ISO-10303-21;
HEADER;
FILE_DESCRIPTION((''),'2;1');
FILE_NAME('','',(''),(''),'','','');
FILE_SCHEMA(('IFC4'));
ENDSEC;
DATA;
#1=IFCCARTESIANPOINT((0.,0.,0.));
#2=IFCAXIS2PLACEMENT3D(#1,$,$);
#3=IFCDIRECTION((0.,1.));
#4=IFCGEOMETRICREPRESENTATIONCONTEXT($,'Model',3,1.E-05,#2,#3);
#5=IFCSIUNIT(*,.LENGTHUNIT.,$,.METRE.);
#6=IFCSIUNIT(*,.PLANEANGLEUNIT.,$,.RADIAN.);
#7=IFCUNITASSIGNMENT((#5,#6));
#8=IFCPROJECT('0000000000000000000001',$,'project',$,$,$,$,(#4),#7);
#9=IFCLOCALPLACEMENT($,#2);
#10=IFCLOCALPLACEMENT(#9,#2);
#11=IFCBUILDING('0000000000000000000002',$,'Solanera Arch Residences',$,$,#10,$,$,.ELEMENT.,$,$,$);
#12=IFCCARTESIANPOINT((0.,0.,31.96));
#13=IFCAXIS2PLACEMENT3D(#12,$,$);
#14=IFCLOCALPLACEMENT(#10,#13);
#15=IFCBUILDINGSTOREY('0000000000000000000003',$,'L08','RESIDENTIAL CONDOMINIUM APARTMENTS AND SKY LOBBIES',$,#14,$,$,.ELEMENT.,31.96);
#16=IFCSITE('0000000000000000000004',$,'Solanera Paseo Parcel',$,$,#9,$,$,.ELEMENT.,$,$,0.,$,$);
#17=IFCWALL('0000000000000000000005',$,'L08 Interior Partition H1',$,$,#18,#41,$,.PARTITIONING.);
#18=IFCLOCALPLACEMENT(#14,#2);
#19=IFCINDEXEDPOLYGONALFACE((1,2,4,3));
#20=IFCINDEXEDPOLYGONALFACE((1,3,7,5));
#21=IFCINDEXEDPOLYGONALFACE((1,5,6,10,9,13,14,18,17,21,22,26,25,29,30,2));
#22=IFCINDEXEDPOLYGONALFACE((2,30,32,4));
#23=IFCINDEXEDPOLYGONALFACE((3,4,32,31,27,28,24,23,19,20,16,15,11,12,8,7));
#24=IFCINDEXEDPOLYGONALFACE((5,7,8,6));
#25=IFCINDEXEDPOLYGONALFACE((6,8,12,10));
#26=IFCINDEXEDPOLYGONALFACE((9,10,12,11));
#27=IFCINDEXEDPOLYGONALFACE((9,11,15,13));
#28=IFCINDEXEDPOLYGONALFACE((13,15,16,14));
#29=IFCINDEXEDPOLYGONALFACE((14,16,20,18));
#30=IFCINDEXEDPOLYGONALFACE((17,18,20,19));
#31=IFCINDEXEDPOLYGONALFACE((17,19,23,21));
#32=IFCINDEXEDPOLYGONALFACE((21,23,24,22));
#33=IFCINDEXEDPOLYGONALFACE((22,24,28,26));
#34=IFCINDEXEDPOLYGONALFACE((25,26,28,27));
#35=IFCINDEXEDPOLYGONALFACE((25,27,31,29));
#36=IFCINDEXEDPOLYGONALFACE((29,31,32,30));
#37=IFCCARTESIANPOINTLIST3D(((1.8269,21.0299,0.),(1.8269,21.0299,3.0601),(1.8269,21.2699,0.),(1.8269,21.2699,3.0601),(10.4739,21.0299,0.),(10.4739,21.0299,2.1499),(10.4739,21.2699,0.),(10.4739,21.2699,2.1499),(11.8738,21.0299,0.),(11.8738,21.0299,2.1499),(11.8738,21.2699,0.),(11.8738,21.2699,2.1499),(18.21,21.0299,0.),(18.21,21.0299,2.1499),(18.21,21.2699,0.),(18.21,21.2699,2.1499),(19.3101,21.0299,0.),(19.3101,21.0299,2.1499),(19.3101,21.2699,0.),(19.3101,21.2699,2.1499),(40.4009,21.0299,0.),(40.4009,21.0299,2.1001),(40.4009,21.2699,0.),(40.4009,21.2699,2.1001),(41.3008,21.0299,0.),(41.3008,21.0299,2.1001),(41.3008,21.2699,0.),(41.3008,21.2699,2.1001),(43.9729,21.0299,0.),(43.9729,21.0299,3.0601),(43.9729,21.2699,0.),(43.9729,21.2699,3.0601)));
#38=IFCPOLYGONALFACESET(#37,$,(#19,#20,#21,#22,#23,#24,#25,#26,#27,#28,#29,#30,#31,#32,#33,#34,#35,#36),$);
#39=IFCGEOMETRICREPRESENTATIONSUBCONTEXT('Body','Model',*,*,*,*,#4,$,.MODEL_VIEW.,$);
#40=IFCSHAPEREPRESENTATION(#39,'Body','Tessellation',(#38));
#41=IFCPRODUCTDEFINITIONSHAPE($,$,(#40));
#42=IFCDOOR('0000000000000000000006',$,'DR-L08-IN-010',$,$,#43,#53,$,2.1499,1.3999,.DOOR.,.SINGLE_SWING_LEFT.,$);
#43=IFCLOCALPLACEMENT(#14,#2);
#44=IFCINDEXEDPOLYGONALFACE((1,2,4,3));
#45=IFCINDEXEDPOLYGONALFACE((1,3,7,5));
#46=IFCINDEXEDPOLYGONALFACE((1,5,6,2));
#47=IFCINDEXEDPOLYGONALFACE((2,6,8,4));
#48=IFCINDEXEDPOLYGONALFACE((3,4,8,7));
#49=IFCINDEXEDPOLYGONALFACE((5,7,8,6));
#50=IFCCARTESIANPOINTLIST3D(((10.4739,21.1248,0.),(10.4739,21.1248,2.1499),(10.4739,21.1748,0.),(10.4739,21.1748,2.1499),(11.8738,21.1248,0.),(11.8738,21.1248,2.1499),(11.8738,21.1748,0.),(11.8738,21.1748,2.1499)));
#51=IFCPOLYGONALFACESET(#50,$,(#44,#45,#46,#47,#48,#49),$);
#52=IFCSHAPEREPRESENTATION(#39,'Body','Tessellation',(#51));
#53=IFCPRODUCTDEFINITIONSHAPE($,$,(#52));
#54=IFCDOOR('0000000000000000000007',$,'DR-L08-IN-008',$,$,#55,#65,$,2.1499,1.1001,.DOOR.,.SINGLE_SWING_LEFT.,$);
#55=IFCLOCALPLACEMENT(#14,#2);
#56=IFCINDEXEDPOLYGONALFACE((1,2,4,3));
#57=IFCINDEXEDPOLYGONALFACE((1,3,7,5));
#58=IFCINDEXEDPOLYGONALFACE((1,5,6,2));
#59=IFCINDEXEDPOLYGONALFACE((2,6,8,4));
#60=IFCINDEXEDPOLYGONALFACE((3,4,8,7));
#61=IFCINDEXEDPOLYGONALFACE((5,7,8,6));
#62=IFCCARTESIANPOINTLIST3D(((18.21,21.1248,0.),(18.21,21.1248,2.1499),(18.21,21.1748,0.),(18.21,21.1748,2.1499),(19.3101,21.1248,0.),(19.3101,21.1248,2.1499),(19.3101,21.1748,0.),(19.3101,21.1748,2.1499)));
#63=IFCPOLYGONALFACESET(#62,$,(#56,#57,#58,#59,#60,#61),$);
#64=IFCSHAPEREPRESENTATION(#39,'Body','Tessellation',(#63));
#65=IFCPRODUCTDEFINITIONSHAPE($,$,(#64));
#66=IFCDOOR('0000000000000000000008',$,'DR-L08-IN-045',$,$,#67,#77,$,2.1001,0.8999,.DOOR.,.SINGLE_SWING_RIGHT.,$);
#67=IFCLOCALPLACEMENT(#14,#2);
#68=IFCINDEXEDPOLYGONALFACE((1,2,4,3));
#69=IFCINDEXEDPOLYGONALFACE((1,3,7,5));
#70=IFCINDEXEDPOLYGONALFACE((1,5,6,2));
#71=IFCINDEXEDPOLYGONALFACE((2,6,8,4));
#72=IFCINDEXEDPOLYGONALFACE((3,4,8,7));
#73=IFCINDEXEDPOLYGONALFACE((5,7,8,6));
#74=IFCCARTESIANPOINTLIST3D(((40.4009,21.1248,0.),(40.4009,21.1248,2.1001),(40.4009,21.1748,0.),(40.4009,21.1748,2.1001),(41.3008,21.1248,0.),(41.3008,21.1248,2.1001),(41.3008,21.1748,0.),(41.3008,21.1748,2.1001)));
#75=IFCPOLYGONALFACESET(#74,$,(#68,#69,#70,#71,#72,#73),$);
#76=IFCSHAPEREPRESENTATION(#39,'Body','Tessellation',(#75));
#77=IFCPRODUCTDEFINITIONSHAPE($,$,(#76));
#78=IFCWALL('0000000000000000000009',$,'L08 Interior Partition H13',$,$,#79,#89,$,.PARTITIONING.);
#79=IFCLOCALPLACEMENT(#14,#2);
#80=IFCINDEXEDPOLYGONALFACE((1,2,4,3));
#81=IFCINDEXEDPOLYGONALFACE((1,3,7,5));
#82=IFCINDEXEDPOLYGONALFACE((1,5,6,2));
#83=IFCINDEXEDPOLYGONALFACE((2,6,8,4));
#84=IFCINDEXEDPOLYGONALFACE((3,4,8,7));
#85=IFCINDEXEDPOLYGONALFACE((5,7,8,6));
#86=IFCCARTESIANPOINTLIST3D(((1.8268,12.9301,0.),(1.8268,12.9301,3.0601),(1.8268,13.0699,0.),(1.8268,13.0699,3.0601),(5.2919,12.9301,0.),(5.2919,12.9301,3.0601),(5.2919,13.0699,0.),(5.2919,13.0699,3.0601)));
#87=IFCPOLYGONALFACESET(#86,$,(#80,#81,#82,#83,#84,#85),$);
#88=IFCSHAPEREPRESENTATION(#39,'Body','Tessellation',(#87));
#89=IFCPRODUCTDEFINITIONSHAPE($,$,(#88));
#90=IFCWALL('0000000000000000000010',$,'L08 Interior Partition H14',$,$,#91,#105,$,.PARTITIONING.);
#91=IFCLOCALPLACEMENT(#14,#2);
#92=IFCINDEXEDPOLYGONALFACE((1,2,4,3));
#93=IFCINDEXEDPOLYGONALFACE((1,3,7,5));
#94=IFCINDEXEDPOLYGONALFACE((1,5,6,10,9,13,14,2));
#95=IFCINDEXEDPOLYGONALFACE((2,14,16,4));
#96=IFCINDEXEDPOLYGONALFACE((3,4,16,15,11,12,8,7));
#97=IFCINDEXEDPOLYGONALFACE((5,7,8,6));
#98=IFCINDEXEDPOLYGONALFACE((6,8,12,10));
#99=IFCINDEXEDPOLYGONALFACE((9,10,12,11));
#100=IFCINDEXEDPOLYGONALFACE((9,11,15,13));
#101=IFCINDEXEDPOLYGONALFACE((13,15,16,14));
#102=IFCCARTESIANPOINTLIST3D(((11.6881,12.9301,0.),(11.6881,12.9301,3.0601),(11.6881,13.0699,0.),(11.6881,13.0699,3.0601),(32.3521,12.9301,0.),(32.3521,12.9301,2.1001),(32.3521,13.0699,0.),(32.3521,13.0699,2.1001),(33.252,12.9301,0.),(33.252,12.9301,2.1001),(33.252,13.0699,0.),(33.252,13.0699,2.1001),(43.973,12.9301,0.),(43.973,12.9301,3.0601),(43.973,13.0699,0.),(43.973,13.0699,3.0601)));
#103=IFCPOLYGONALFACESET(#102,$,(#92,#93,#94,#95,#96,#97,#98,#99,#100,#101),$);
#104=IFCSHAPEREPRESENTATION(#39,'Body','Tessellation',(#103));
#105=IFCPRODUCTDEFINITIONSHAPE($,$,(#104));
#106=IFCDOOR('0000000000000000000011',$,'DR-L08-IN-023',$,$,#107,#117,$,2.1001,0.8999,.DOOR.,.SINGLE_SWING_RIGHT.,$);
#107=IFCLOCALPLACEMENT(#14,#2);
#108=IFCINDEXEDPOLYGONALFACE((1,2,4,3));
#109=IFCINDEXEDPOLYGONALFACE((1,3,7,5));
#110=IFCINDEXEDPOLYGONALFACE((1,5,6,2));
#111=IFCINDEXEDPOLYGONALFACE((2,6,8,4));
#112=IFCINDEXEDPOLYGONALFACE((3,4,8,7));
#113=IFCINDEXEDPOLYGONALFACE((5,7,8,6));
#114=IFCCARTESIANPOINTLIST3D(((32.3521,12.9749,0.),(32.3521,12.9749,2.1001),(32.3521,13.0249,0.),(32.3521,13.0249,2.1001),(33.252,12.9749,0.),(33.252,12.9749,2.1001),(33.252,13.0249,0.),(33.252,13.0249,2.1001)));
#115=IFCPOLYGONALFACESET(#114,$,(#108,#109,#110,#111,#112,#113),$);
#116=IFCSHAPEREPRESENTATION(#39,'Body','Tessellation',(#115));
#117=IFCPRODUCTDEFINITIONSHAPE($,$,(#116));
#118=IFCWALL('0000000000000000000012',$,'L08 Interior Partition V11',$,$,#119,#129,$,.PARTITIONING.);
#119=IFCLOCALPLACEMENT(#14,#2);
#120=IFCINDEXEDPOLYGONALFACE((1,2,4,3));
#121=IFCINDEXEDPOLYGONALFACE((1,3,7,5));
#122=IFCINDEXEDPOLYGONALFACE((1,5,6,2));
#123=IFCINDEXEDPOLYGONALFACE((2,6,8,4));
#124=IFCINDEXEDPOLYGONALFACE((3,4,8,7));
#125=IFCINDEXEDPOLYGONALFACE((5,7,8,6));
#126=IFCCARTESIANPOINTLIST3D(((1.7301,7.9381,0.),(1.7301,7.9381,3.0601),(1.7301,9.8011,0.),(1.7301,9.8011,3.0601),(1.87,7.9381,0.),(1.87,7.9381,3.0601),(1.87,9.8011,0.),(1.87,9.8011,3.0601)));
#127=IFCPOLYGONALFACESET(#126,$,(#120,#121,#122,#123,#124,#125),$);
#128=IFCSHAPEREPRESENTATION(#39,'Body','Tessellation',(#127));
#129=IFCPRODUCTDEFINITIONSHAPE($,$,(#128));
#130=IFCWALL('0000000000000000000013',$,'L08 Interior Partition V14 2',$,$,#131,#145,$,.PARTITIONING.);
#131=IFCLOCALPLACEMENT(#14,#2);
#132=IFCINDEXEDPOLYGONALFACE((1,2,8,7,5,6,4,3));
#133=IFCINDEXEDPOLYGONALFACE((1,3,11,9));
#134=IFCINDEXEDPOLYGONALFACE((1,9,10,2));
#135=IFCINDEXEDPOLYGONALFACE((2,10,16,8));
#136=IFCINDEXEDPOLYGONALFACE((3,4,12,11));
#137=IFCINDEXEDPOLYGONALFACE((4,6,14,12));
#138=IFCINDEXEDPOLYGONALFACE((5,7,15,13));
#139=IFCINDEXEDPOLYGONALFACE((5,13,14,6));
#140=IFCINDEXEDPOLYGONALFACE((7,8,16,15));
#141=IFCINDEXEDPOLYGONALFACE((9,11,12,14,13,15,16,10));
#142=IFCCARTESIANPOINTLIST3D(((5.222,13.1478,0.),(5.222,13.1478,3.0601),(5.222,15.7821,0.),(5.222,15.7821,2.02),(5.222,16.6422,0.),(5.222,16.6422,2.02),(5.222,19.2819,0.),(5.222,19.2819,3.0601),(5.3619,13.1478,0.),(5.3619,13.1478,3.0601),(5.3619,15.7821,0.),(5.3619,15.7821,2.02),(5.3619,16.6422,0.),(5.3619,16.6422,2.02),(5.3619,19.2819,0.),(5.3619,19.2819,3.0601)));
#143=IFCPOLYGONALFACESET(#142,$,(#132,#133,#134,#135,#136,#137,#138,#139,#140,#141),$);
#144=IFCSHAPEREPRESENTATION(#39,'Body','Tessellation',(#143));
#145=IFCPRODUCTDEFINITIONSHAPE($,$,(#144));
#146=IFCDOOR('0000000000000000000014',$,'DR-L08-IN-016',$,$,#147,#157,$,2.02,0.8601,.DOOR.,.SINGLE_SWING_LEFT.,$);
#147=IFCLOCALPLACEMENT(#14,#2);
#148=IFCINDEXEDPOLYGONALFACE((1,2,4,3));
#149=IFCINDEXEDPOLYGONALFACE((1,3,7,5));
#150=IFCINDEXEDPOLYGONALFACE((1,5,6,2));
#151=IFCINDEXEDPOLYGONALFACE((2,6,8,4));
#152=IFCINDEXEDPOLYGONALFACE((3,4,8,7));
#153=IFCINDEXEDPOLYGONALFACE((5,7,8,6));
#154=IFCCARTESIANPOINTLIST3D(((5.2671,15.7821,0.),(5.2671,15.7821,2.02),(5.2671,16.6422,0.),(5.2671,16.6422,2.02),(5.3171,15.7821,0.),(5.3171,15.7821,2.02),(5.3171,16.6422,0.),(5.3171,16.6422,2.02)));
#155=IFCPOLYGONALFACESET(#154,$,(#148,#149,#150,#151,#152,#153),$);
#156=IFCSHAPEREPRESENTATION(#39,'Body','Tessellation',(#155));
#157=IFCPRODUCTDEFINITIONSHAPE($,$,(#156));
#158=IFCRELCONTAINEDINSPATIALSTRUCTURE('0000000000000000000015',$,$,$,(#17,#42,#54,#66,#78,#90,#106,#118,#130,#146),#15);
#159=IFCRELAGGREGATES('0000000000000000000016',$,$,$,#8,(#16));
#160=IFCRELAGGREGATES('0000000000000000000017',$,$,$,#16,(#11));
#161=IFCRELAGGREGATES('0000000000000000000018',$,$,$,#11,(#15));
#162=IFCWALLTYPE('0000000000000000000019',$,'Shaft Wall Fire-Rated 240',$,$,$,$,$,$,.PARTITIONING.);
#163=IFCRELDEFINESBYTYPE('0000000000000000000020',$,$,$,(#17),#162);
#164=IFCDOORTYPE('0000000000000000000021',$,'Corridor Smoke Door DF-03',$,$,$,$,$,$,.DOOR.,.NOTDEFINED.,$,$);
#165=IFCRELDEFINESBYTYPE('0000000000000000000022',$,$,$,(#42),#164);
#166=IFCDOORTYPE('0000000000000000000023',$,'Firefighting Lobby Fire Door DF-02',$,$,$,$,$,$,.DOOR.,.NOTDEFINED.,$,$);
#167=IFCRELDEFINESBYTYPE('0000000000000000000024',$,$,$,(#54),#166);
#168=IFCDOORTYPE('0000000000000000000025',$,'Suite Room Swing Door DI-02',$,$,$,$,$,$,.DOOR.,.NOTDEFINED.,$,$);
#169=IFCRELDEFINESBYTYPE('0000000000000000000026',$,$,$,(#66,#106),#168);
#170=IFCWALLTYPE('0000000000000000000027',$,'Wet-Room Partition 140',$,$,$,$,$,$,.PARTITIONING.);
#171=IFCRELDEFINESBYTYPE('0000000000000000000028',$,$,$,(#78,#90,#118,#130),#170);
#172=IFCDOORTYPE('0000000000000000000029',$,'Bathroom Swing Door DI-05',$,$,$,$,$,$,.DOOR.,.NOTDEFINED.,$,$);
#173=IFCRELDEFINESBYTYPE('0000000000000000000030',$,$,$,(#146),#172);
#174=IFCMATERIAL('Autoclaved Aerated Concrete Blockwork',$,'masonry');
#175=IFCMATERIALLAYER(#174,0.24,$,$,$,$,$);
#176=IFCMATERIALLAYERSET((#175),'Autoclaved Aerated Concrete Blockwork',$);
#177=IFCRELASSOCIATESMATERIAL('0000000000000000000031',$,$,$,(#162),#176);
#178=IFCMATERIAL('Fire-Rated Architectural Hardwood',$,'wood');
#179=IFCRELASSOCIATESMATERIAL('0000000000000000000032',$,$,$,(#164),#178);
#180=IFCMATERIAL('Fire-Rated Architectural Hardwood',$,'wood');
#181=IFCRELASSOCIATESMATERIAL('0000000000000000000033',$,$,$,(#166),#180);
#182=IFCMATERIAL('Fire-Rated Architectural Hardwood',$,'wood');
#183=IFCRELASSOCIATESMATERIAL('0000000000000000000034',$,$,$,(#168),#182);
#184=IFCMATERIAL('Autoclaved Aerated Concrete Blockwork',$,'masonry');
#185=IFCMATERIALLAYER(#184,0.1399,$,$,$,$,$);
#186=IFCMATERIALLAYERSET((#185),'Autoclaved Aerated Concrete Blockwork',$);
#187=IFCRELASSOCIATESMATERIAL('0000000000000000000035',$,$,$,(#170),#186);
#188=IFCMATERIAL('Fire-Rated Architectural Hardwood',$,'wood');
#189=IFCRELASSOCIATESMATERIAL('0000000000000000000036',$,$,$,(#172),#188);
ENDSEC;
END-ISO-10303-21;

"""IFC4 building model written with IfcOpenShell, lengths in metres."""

from ifc_helpers import new_model, si_unit, direction, frame, frame_2d, origin, place, context, subcontext, project, spatial, rectangle, extrude, material, layer, layer_set, type_object, element, fill, save


model = new_model("IFC4")

# Units and contexts
model_context = context("Model", 3, precision=1e-05, world=origin(), true_north=direction((0.0, 1.0)))
body_context = subcontext(model_context, "Body", "Model", "MODEL_VIEW")
ifc_project = project(units=[si_unit("LENGTHUNIT", "METRE"), si_unit("PLANEANGLEUNIT", "RADIAN")], contexts=[model_context])

# Site, building, storey
site_placement = place(None, origin())
site = spatial("IfcSite", under=ifc_project, at=site_placement, Name="Solanera Paseo Parcel", CompositionType="ELEMENT", RefElevation=0.0)
building_placement = place(site_placement, origin())
building = spatial("IfcBuilding", under=site, at=building_placement, Name="Solanera Arch Residences", CompositionType="ELEMENT")
storey_placement = place(building_placement, frame((0.0, 0.0, 31.96)))
storey = spatial("IfcBuildingStorey", under=building, at=storey_placement, Name="L08", Description="RESIDENTIAL CONDOMINIUM APARTMENTS AND SKY LOBBIES", CompositionType="ELEMENT", Elevation=31.96)

# Wall, openings, doors
ifc_material_1 = material(Name="Autoclaved Aerated Concrete Blockwork", Category="masonry")
ifc_layer_1 = layer(ifc_material_1, 0.24)
ifc_layer_set_1 = layer_set([ifc_layer_1], Name="Autoclaved Aerated Concrete Blockwork")
wall_type_1 = type_object("IfcWallType", Name="Shaft Wall Fire-Rated 240", PredefinedType="PARTITIONING", material=ifc_layer_set_1)
wall_1_placement = place(storey_placement, frame((1.8269, 21.1499, 0.0), z_axis=(0.0, 0.0, 1.0), x_axis=(1.0, 0.0, 0.0)))
wall_1 = element("IfcWall", 1, at=wall_1_placement, inside=storey, type_object=wall_type_1, Name="L08 Interior Partition H1", PredefinedType="PARTITIONING", context=body_context, shape_type="SweptSolid", body=[
    extrude(rectangle(XDim=42.146, YDim=0.24, at=frame_2d((21.073, 0.0))), origin(), (0.0, 0.0, 1.0), 3.0601),
])
opening_1_placement = place(wall_1_placement, frame((16.3831, 0.0, 0.0)))
opening_1 = element("IfcOpeningElement", 2, at=opening_1_placement, cuts=wall_1, PredefinedType="OPENING", context=body_context, shape_type="SweptSolid", body=[
    extrude(rectangle(XDim=1.1001, YDim=2.1499, at=frame_2d((0.55, 1.075))), frame((0.0, 0.1299, 0.0), z_axis=(0.0, -1.0, 0.0), x_axis=(1.0, 0.0, 0.0)), (0.0, 0.0, 1.0), 0.26),
])
opening_2_placement = place(wall_1_placement, frame((8.647, 0.0, 0.0)))
opening_2 = element("IfcOpeningElement", 3, at=opening_2_placement, cuts=wall_1, PredefinedType="OPENING", context=body_context, shape_type="SweptSolid", body=[
    extrude(rectangle(XDim=1.3999, YDim=2.1499, at=frame_2d((0.7, 1.075))), frame((0.0, 0.1299, 0.0), z_axis=(0.0, -1.0, 0.0), x_axis=(1.0, 0.0, 0.0)), (0.0, 0.0, 1.0), 0.26),
])
opening_3_placement = place(wall_1_placement, frame((38.574, 0.0, 0.0)))
opening_3 = element("IfcOpeningElement", 4, at=opening_3_placement, cuts=wall_1, PredefinedType="OPENING", context=body_context, shape_type="SweptSolid", body=[
    extrude(rectangle(XDim=0.8999, YDim=2.1001, at=frame_2d((0.45, 1.05))), frame((0.0, 0.1299, 0.0), z_axis=(0.0, -1.0, 0.0), x_axis=(1.0, 0.0, 0.0)), (0.0, 0.0, 1.0), 0.26),
])
ifc_material_2 = material(Name="Fire-Rated Architectural Hardwood", Category="wood")
door_type_1 = type_object("IfcDoorType", Name="Corridor Smoke Door DF-03", OperationType="NOTDEFINED", PredefinedType="DOOR", material=ifc_material_2)
door_1_placement = place(opening_2_placement, origin())
door_1 = element("IfcDoor", 5, at=door_1_placement, inside=storey, type_object=door_type_1, Name="DR-L08-IN-010", OperationType="SINGLE_SWING_LEFT", OverallHeight=2.1499, OverallWidth=1.3999, PredefinedType="DOOR", context=body_context, shape_type="SweptSolid", body=[
    extrude(rectangle(XDim=1.3999, YDim=2.1499, at=frame_2d((0.7, 1.075))), frame((0.0, 0.0249, 0.0), z_axis=(0.0, -1.0, 0.0), x_axis=(1.0, 0.0, 0.0)), (0.0, 0.0, 1.0), 0.05),
])
fill(opening_2, door_1)
ifc_material_3 = material(Name="Fire-Rated Architectural Hardwood", Category="wood")
door_type_2 = type_object("IfcDoorType", Name="Firefighting Lobby Fire Door DF-02", OperationType="NOTDEFINED", PredefinedType="DOOR", material=ifc_material_3)
door_2_placement = place(opening_1_placement, origin())
door_2 = element("IfcDoor", 6, at=door_2_placement, inside=storey, type_object=door_type_2, Name="DR-L08-IN-008", OperationType="SINGLE_SWING_LEFT", OverallHeight=2.1499, OverallWidth=1.1001, PredefinedType="DOOR", context=body_context, shape_type="SweptSolid", body=[
    extrude(rectangle(XDim=1.1001, YDim=2.1499, at=frame_2d((0.55, 1.075))), frame((0.0, 0.0249, 0.0), z_axis=(0.0, -1.0, 0.0), x_axis=(1.0, 0.0, 0.0)), (0.0, 0.0, 1.0), 0.05),
])
fill(opening_1, door_2)
ifc_material_4 = material(Name="Fire-Rated Architectural Hardwood", Category="wood")
door_type_3 = type_object("IfcDoorType", Name="Suite Room Swing Door DI-02", OperationType="NOTDEFINED", PredefinedType="DOOR", material=ifc_material_4)
door_3_placement = place(opening_3_placement, origin())
door_3 = element("IfcDoor", 7, at=door_3_placement, inside=storey, type_object=door_type_3, Name="DR-L08-IN-045", OperationType="SINGLE_SWING_RIGHT", OverallHeight=2.1001, OverallWidth=0.8999, PredefinedType="DOOR", context=body_context, shape_type="SweptSolid", body=[
    extrude(rectangle(XDim=0.8999, YDim=2.1001, at=frame_2d((0.45, 1.05))), frame((0.0, 0.0249, 0.0), z_axis=(0.0, -1.0, 0.0), x_axis=(1.0, 0.0, 0.0)), (0.0, 0.0, 1.0), 0.05),
])
fill(opening_3, door_3)

# Wall
ifc_material_5 = material(Name="Autoclaved Aerated Concrete Blockwork", Category="masonry")
ifc_layer_2 = layer(ifc_material_5, 0.1399)
ifc_layer_set_2 = layer_set([ifc_layer_2], Name="Autoclaved Aerated Concrete Blockwork")
wall_type_2 = type_object("IfcWallType", Name="Wet-Room Partition 140", PredefinedType="PARTITIONING", material=ifc_layer_set_2)
wall_2_placement = place(storey_placement, frame((1.8269, 13.0, 0.0), z_axis=(0.0, 0.0, 1.0), x_axis=(1.0, 0.0, 0.0)))
element("IfcWall", 8, at=wall_2_placement, inside=storey, type_object=wall_type_2, Name="L08 Interior Partition H13", PredefinedType="PARTITIONING", context=body_context, shape_type="SweptSolid", body=[
    extrude(rectangle(XDim=3.4651, YDim=0.1399, at=frame_2d((1.7324, 0.0))), origin(), (0.0, 0.0, 1.0), 3.0601),
])

# Wall, opening, door
wall_3_placement = place(storey_placement, frame((11.688, 13.0, 0.0), z_axis=(0.0, 0.0, 1.0), x_axis=(1.0, 0.0, 0.0)))
wall_3 = element("IfcWall", 9, at=wall_3_placement, inside=storey, type_object=wall_type_2, Name="L08 Interior Partition H14", PredefinedType="PARTITIONING", context=body_context, shape_type="SweptSolid", body=[
    extrude(rectangle(XDim=32.2849, YDim=0.1399, at=frame_2d((16.1426, 0.0))), origin(), (0.0, 0.0, 1.0), 3.0601),
])
opening_4_placement = place(wall_3_placement, frame((20.6641, 0.0, 0.0)))
opening_4 = element("IfcOpeningElement", 10, at=opening_4_placement, cuts=wall_3, PredefinedType="OPENING", context=body_context, shape_type="SweptSolid", body=[
    extrude(rectangle(XDim=0.8999, YDim=2.1001, at=frame_2d((0.45, 1.05))), frame((0.0, 0.0798, 0.0), z_axis=(0.0, -1.0, 0.0), x_axis=(1.0, 0.0, 0.0)), (0.0, 0.0, 1.0), 0.1599),
])
door_4_placement = place(opening_4_placement, origin())
door_4 = element("IfcDoor", 11, at=door_4_placement, inside=storey, type_object=door_type_3, Name="DR-L08-IN-023", OperationType="SINGLE_SWING_RIGHT", OverallHeight=2.1001, OverallWidth=0.8999, PredefinedType="DOOR", context=body_context, shape_type="SweptSolid", body=[
    extrude(rectangle(XDim=0.8999, YDim=2.1001, at=frame_2d((0.45, 1.05))), frame((0.0, 0.0249, 0.0), z_axis=(0.0, -1.0, 0.0), x_axis=(1.0, 0.0, 0.0)), (0.0, 0.0, 1.0), 0.05),
])
fill(opening_4, door_4)

# Wall
wall_4_placement = place(storey_placement, frame((1.8, 7.938, 0.0), z_axis=(0.0, 0.0, 1.0), x_axis=(0.0, 1.0, 0.0)))
element("IfcWall", 12, at=wall_4_placement, inside=storey, type_object=wall_type_2, Name="L08 Interior Partition V11", PredefinedType="PARTITIONING", context=body_context, shape_type="SweptSolid", body=[
    extrude(rectangle(XDim=1.863, YDim=0.1399, at=frame_2d((0.9316, 0.0))), origin(), (0.0, 0.0, 1.0), 3.0601),
])

# Wall, opening, door
wall_5_placement = place(storey_placement, frame((5.292, 13.1479, 0.0), z_axis=(0.0, 0.0, 1.0), x_axis=(0.0, 1.0, 0.0)))
wall_5 = element("IfcWall", 13, at=wall_5_placement, inside=storey, type_object=wall_type_2, Name="L08 Interior Partition V14 2", PredefinedType="PARTITIONING", context=body_context, shape_type="SweptSolid", body=[
    extrude(rectangle(XDim=6.134, YDim=0.1399, at=frame_2d((3.0669, 0.0))), origin(), (0.0, 0.0, 1.0), 3.0601),
])
opening_5_placement = place(wall_5_placement, frame((2.634, 0.0, 0.0)))
opening_5 = element("IfcOpeningElement", 14, at=opening_5_placement, cuts=wall_5, PredefinedType="OPENING", context=body_context, shape_type="SweptSolid", body=[
    extrude(rectangle(XDim=0.8601, YDim=2.02, at=frame_2d((0.4302, 1.01))), frame((0.0, 0.0798, 0.0), z_axis=(0.0, -1.0, 0.0), x_axis=(1.0, 0.0, 0.0)), (0.0, 0.0, 1.0), 0.1599),
])
ifc_material_6 = material(Name="Fire-Rated Architectural Hardwood", Category="wood")
door_type_4 = type_object("IfcDoorType", Name="Bathroom Swing Door DI-05", OperationType="NOTDEFINED", PredefinedType="DOOR", material=ifc_material_6)
door_5_placement = place(opening_5_placement, origin())
door_5 = element("IfcDoor", 15, at=door_5_placement, inside=storey, type_object=door_type_4, Name="DR-L08-IN-016", OperationType="SINGLE_SWING_LEFT", OverallHeight=2.02, OverallWidth=0.8601, PredefinedType="DOOR", context=body_context, shape_type="SweptSolid", body=[
    extrude(rectangle(XDim=0.8601, YDim=2.02, at=frame_2d((0.4302, 1.01))), frame((0.0, 0.0249, 0.0), z_axis=(0.0, -1.0, 0.0), x_axis=(1.0, 0.0, 0.0)), (0.0, 0.0, 1.0), 0.05),
])
fill(opening_5, door_5)

save(model, "model.ifc")
